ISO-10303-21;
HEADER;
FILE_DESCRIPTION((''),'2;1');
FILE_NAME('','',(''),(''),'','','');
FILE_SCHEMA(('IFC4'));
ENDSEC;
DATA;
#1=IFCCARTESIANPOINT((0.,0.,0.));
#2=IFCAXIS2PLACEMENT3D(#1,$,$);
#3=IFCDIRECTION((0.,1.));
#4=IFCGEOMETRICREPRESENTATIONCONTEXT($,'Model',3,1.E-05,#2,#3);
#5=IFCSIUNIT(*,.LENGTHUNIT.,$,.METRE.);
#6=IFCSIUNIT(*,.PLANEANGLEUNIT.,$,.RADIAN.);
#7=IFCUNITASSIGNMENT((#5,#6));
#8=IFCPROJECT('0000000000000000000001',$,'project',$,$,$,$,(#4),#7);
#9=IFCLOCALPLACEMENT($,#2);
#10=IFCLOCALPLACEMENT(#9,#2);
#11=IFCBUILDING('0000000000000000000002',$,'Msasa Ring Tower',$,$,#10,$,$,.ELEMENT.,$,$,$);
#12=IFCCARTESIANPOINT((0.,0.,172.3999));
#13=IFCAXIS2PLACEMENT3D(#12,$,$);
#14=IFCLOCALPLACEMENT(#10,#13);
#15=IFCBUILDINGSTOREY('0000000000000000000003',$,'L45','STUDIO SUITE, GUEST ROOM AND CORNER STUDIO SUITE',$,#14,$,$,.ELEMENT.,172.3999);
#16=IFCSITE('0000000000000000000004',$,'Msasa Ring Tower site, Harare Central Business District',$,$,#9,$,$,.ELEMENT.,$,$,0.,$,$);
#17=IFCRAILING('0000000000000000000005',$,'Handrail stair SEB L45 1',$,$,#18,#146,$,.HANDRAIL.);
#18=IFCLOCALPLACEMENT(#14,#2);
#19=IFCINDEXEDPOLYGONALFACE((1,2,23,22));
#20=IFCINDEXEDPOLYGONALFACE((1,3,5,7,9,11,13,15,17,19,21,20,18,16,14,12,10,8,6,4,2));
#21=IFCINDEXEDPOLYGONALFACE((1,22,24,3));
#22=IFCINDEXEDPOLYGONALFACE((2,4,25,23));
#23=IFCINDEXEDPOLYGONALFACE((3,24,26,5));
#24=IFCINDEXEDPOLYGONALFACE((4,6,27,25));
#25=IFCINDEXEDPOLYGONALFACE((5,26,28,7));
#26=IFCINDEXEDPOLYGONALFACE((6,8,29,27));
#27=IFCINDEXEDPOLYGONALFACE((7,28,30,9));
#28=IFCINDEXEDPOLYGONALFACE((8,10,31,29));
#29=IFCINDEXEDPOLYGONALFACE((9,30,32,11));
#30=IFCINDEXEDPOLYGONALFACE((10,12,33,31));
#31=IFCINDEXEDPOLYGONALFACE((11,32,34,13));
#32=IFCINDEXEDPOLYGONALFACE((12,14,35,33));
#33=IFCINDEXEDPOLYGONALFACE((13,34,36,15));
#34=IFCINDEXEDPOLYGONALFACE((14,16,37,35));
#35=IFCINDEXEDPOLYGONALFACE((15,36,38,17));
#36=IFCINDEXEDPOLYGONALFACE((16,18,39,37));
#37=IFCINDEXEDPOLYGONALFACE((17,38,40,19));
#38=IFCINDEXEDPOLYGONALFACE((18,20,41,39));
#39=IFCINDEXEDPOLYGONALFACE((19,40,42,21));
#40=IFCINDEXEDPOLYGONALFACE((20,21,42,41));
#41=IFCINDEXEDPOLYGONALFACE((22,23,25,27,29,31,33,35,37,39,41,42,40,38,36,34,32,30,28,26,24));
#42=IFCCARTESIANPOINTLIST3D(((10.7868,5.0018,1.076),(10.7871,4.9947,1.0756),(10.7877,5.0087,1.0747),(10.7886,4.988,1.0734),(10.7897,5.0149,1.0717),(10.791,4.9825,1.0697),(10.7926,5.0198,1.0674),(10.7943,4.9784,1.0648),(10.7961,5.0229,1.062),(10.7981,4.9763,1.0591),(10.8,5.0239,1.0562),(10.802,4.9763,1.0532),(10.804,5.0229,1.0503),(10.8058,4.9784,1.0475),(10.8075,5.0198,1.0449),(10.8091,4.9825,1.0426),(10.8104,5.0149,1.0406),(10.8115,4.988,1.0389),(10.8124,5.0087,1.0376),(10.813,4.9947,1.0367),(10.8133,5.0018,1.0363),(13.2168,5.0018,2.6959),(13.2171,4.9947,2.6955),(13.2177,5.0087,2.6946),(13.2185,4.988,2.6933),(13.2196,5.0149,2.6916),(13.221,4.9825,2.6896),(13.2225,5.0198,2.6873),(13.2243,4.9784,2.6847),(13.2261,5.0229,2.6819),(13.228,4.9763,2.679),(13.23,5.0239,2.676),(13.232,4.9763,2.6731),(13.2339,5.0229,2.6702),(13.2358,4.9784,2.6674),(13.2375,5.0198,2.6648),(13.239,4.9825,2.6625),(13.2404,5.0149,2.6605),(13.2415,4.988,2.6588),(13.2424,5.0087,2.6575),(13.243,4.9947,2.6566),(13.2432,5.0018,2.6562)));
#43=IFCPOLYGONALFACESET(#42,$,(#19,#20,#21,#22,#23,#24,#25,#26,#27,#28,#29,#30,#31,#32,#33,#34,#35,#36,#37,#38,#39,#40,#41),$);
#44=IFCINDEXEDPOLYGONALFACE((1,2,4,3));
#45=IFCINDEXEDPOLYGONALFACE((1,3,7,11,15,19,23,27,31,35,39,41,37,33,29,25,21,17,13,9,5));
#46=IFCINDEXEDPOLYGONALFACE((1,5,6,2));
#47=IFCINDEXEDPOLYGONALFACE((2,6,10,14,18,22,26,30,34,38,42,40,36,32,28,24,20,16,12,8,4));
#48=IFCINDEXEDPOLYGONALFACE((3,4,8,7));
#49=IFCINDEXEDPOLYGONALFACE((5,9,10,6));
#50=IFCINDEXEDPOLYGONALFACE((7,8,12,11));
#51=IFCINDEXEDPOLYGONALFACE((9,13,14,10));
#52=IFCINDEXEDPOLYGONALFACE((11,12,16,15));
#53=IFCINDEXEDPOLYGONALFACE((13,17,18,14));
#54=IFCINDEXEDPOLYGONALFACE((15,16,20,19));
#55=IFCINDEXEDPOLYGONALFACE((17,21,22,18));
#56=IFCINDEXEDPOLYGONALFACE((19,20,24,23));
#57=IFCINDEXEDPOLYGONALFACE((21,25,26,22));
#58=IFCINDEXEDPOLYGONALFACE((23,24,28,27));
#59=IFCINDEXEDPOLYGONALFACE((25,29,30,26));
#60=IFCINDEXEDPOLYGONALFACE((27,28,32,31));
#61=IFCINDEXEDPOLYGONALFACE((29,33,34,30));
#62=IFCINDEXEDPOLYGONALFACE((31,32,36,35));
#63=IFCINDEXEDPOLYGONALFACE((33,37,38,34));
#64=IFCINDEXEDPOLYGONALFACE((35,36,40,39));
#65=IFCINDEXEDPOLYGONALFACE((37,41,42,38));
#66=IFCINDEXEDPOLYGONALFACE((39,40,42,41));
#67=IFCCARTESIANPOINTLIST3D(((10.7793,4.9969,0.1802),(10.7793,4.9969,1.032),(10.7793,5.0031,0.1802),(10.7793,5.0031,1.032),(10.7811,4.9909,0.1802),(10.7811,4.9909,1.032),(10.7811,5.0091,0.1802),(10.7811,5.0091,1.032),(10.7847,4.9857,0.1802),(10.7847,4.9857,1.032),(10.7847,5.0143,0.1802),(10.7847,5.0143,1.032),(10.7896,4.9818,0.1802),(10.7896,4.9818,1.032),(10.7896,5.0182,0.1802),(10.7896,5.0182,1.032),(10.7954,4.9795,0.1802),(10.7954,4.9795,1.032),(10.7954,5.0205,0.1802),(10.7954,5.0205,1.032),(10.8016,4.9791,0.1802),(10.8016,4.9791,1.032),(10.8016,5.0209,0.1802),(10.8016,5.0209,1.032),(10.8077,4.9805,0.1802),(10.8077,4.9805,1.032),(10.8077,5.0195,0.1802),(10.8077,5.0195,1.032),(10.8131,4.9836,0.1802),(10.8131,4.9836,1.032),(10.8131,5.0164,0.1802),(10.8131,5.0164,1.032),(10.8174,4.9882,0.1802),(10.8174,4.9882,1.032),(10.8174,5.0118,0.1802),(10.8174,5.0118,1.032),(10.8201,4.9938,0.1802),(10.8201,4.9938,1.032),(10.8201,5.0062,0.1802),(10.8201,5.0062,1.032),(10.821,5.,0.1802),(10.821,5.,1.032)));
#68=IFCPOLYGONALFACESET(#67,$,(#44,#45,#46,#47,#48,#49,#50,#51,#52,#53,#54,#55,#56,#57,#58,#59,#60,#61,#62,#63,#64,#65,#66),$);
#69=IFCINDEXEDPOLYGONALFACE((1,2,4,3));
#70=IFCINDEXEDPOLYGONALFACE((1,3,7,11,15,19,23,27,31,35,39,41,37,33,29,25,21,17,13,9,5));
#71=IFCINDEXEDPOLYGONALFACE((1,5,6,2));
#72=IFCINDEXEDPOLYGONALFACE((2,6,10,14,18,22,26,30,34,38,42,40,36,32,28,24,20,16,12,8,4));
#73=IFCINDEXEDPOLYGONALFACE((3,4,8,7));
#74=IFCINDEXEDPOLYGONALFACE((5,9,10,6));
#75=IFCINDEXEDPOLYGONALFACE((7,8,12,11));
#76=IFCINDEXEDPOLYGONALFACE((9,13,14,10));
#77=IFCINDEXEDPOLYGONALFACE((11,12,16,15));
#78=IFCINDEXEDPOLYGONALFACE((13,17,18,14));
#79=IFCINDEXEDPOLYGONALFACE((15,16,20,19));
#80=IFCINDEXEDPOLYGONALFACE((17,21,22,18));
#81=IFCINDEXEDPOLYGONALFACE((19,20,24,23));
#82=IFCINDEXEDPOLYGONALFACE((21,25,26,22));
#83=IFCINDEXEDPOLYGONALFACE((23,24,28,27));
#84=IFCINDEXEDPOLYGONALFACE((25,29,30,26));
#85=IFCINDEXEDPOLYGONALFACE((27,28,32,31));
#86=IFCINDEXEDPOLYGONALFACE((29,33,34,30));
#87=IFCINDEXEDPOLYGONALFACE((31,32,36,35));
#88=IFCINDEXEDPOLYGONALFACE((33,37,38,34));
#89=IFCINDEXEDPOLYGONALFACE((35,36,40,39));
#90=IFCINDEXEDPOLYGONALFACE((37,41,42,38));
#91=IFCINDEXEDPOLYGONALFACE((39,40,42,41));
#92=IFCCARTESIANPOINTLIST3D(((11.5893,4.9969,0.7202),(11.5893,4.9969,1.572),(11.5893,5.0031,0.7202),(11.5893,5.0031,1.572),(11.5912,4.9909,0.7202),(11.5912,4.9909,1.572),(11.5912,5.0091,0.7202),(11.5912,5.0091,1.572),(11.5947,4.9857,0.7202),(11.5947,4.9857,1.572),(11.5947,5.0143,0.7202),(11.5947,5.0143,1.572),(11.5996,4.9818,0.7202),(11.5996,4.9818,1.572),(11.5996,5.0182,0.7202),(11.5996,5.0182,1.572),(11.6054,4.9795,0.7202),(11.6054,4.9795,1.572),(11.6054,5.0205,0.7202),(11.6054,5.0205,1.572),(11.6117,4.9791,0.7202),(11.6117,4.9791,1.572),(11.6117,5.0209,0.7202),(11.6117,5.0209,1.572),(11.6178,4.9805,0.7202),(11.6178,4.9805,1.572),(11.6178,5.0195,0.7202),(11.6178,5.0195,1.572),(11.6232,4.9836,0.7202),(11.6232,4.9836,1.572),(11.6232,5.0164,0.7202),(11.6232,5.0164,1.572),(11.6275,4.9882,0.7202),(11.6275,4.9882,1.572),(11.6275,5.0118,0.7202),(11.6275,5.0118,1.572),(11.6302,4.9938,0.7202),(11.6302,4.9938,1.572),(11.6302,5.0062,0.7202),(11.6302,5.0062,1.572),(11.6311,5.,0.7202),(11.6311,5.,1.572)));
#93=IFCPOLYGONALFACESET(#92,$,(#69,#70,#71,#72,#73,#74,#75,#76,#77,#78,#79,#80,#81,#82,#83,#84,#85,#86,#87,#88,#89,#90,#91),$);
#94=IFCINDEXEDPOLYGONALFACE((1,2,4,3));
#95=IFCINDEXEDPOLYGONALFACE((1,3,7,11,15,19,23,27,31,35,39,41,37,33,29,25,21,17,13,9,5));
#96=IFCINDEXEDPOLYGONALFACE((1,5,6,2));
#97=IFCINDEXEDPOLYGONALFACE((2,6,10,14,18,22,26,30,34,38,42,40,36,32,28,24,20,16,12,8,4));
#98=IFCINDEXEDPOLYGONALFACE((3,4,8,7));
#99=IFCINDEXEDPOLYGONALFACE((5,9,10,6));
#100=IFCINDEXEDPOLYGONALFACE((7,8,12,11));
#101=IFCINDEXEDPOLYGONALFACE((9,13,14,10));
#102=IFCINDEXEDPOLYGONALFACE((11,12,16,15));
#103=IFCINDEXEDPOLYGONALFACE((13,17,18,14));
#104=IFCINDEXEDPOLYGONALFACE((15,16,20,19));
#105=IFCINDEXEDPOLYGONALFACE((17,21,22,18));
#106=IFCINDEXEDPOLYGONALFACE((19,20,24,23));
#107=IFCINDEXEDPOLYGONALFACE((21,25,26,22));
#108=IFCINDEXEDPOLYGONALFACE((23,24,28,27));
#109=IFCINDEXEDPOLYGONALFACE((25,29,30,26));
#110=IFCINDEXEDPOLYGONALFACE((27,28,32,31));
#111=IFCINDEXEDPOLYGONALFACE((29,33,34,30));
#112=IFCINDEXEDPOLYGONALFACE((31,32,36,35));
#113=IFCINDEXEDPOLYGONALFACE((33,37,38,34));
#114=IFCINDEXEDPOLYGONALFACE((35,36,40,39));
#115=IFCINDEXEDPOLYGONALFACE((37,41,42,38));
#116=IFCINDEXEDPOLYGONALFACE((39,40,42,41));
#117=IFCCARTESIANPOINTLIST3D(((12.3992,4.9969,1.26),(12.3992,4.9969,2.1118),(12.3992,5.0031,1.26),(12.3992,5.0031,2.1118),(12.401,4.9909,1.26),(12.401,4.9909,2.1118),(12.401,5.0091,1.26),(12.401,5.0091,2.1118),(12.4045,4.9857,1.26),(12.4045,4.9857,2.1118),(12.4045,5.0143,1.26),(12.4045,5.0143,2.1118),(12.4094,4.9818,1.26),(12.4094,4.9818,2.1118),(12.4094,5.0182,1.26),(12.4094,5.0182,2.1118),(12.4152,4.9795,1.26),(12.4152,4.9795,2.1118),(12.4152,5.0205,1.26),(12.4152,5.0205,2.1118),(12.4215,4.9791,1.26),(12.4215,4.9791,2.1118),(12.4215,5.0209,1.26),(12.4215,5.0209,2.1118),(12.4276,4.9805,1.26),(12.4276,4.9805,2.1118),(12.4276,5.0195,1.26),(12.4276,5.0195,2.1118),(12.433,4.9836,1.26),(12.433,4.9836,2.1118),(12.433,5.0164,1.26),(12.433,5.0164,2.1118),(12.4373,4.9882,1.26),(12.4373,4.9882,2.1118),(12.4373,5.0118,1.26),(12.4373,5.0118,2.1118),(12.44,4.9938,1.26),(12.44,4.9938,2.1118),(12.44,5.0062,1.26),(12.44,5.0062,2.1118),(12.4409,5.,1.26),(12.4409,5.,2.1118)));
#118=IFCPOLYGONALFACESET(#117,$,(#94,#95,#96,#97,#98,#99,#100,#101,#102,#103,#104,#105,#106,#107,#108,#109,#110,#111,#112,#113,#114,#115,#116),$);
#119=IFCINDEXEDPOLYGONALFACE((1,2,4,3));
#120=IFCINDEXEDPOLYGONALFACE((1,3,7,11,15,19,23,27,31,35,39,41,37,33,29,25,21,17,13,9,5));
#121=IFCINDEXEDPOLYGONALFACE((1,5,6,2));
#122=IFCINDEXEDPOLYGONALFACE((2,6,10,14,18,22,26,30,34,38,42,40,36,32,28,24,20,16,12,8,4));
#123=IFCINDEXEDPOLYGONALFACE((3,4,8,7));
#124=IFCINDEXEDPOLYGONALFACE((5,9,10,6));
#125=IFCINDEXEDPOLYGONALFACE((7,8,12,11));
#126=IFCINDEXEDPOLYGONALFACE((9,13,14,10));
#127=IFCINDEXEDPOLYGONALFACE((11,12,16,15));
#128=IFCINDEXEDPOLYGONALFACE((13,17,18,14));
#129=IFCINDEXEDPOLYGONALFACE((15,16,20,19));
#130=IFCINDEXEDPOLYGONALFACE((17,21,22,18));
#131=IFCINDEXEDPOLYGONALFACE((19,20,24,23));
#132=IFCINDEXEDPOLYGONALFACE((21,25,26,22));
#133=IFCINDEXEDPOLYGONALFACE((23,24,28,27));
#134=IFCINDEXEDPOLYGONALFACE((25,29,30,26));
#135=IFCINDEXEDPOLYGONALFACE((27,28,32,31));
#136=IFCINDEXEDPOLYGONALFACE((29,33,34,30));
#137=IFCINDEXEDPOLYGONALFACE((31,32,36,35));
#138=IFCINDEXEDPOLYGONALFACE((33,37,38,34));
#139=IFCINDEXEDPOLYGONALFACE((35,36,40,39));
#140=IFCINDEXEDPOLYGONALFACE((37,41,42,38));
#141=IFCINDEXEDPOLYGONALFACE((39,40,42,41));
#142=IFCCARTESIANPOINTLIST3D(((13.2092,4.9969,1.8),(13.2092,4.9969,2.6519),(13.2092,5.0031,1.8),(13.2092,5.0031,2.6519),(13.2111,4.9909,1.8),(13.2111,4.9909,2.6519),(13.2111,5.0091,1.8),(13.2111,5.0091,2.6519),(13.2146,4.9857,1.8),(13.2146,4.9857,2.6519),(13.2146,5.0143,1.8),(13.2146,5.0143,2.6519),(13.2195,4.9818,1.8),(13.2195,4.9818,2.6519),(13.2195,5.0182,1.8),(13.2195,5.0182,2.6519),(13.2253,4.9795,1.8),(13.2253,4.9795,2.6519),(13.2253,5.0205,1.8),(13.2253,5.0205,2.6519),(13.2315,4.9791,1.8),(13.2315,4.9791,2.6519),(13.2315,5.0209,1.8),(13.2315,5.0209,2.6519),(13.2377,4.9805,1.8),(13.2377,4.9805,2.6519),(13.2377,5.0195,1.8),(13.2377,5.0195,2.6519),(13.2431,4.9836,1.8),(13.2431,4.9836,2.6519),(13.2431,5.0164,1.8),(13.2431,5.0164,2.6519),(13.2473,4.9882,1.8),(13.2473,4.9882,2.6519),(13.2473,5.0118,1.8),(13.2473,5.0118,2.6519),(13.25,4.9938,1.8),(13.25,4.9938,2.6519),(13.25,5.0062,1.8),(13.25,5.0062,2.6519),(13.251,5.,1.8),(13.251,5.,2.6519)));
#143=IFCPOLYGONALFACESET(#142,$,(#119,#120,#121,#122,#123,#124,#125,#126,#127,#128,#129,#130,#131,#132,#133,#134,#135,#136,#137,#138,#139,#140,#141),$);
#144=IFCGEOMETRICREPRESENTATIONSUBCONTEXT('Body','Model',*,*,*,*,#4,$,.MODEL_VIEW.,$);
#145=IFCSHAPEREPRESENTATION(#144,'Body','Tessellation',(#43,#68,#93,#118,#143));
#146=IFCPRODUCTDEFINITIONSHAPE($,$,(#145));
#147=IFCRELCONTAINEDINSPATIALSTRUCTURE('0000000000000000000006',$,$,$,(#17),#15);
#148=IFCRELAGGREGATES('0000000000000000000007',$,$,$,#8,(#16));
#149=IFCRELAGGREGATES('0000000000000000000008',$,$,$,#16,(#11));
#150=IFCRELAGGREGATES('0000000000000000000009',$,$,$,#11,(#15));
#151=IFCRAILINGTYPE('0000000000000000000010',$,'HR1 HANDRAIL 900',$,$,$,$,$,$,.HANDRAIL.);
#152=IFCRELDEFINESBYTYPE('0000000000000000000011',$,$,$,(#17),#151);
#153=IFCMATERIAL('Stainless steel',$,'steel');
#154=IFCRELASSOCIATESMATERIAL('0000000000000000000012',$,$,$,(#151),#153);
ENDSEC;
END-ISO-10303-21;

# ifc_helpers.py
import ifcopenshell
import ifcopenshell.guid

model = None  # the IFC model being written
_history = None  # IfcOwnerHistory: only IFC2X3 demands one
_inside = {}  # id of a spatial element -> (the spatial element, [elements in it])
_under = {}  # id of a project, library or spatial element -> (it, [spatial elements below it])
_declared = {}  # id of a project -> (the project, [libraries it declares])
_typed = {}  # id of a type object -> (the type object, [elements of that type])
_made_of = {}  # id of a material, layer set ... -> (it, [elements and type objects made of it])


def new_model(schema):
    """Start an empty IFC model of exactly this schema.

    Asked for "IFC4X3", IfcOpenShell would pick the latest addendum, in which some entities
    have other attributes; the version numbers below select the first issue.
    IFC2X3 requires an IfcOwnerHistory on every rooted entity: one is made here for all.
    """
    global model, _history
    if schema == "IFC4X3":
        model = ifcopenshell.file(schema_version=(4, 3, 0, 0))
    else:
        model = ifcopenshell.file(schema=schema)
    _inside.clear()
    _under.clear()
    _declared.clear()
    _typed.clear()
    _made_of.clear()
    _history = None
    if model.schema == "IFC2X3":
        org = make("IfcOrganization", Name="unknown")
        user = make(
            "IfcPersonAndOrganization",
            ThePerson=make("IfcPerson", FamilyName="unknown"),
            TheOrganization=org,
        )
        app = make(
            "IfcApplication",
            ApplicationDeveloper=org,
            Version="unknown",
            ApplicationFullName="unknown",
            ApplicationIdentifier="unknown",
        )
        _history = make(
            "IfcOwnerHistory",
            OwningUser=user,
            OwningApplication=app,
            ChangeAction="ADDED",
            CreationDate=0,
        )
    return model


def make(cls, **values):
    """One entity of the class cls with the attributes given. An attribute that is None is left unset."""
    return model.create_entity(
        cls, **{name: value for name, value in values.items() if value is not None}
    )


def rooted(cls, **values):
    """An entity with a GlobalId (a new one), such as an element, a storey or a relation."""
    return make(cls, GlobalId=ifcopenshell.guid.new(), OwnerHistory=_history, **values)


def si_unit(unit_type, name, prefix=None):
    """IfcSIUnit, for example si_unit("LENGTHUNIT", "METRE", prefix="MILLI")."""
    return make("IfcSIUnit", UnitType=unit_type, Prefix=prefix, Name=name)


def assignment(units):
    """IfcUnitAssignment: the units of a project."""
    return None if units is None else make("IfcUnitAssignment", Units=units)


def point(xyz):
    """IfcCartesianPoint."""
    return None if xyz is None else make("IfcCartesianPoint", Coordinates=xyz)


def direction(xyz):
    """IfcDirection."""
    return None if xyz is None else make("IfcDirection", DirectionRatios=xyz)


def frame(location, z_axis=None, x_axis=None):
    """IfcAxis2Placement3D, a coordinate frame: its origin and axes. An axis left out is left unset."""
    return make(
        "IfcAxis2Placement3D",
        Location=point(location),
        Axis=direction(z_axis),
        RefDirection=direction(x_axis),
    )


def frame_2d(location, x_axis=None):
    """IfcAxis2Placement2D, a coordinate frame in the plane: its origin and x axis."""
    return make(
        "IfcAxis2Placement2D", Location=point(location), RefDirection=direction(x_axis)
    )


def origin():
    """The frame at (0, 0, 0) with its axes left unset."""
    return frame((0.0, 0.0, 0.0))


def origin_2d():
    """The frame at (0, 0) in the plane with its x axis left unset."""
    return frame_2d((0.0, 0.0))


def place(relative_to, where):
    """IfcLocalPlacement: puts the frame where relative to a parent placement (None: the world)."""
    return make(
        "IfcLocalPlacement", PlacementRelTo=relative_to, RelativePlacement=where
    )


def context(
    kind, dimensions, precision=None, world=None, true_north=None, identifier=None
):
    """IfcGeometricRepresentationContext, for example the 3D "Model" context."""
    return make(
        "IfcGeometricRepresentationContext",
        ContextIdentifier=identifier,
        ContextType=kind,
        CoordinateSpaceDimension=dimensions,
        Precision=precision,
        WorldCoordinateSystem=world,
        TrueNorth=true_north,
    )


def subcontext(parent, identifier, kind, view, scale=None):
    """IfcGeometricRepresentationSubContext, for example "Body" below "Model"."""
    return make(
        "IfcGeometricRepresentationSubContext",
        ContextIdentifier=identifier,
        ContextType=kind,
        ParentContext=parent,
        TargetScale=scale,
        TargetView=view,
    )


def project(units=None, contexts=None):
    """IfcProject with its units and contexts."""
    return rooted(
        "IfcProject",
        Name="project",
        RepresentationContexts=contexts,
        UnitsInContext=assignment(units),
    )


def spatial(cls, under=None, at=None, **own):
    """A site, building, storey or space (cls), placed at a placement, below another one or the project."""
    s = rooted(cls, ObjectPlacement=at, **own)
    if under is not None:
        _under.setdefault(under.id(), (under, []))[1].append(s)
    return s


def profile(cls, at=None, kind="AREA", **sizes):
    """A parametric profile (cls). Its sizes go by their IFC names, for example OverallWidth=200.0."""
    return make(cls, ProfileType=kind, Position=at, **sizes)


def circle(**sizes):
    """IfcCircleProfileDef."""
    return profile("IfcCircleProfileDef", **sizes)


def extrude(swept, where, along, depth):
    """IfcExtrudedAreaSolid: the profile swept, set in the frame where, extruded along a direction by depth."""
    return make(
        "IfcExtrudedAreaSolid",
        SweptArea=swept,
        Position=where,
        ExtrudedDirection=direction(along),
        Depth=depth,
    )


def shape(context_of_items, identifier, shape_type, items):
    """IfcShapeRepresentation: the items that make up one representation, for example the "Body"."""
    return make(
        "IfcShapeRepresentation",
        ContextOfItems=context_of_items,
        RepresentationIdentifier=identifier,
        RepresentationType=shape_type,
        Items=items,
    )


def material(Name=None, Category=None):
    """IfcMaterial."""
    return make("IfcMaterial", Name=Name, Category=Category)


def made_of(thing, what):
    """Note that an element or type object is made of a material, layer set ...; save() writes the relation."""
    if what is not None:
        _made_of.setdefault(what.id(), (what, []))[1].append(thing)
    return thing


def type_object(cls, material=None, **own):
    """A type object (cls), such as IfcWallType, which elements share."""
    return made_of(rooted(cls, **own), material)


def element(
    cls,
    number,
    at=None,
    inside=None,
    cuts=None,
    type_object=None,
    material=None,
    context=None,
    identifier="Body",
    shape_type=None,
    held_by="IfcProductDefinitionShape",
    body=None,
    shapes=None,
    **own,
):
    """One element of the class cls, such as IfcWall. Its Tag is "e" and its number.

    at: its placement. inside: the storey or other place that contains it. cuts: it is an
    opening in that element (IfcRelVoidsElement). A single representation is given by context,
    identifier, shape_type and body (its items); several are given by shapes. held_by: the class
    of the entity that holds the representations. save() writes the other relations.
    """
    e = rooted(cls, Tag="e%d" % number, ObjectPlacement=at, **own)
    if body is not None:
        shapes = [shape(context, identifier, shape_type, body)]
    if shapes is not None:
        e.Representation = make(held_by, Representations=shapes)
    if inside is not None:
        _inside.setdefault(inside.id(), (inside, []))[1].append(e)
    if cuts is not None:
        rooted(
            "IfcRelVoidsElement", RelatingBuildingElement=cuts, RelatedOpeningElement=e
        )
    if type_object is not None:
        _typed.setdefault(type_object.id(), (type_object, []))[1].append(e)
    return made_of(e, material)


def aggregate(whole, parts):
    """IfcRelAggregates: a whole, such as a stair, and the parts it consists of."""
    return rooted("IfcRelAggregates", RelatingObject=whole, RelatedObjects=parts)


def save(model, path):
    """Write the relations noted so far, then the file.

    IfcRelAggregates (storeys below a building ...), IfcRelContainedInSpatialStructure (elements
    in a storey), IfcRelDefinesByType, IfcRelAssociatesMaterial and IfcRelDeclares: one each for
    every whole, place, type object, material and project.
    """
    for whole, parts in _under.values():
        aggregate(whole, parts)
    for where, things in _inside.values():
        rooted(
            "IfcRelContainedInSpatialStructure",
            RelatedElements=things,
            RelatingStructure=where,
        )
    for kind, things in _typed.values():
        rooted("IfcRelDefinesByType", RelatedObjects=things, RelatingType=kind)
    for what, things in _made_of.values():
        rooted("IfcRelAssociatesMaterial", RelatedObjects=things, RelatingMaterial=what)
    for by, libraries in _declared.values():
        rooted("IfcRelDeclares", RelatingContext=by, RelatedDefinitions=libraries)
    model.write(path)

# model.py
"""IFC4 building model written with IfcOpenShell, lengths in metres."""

from ifc_helpers import new_model, si_unit, direction, frame, origin, origin_2d, place, context, subcontext, project, spatial, circle, extrude, material, type_object, element, save


model = new_model("IFC4")

# Units and contexts
model_context = context("Model", 3, precision=1e-05, world=origin(), true_north=direction((0.0, 1.0)))
body_context = subcontext(model_context, "Body", "Model", "MODEL_VIEW")
ifc_project = project(units=[si_unit("LENGTHUNIT", "METRE"), si_unit("PLANEANGLEUNIT", "RADIAN")], contexts=[model_context])

# Site, building, storey
site_placement = place(None, origin())
site = spatial("IfcSite", under=ifc_project, at=site_placement, Name="Msasa Ring Tower site, Harare Central Business District", CompositionType="ELEMENT", RefElevation=0.0)
building_placement = place(site_placement, origin())
building = spatial("IfcBuilding", under=site, at=building_placement, Name="Msasa Ring Tower", CompositionType="ELEMENT")
storey_placement = place(building_placement, frame((0.0, 0.0, 172.3999)))
storey = spatial("IfcBuildingStorey", under=building, at=storey_placement, Name="L45", Description="STUDIO SUITE, GUEST ROOM AND CORNER STUDIO SUITE", CompositionType="ELEMENT", Elevation=172.3999)

# Railing
ifc_material_1 = material(Name="Stainless steel", Category="steel")
railing_type = type_object("IfcRailingType", Name="HR1 HANDRAIL 900", PredefinedType="HANDRAIL", material=ifc_material_1)
for number, where, name in (
    (1, (10.8, 5.0, 0.1802), "Handrail stair SEB L45 1"),
):
    element("IfcRailing", number, at=place(storey_placement, frame(where)), inside=storey, type_object=railing_type, Name=name, PredefinedType="HANDRAIL", context=body_context, shape_type="SweptSolid", body=[
        extrude(circle(Radius=0.0239, at=origin_2d()), frame((0.0, 0.0, 0.876), z_axis=(0.832063, 0.0, 0.554681), x_axis=(0.0, 1.0, 0.0)), (0.0, 0.0, 1.0), 2.9204),
        extrude(circle(Radius=0.021, at=origin_2d()), origin(), (0.0, 0.0, 1.0), 0.8518),
        extrude(circle(Radius=0.021, at=origin_2d()), frame((0.8101, 0.0, 0.54)), (0.0, 0.0, 1.0), 0.8518),
        extrude(circle(Radius=0.021, at=origin_2d()), frame((1.6199, 0.0, 1.0798)), (0.0, 0.0, 1.0), 0.8518),
        extrude(circle(Radius=0.021, at=origin_2d()), frame((2.4299, 0.0, 1.6199)), (0.0, 0.0, 1.0), 0.8518),
    ])

save(model, "model.ifc")
